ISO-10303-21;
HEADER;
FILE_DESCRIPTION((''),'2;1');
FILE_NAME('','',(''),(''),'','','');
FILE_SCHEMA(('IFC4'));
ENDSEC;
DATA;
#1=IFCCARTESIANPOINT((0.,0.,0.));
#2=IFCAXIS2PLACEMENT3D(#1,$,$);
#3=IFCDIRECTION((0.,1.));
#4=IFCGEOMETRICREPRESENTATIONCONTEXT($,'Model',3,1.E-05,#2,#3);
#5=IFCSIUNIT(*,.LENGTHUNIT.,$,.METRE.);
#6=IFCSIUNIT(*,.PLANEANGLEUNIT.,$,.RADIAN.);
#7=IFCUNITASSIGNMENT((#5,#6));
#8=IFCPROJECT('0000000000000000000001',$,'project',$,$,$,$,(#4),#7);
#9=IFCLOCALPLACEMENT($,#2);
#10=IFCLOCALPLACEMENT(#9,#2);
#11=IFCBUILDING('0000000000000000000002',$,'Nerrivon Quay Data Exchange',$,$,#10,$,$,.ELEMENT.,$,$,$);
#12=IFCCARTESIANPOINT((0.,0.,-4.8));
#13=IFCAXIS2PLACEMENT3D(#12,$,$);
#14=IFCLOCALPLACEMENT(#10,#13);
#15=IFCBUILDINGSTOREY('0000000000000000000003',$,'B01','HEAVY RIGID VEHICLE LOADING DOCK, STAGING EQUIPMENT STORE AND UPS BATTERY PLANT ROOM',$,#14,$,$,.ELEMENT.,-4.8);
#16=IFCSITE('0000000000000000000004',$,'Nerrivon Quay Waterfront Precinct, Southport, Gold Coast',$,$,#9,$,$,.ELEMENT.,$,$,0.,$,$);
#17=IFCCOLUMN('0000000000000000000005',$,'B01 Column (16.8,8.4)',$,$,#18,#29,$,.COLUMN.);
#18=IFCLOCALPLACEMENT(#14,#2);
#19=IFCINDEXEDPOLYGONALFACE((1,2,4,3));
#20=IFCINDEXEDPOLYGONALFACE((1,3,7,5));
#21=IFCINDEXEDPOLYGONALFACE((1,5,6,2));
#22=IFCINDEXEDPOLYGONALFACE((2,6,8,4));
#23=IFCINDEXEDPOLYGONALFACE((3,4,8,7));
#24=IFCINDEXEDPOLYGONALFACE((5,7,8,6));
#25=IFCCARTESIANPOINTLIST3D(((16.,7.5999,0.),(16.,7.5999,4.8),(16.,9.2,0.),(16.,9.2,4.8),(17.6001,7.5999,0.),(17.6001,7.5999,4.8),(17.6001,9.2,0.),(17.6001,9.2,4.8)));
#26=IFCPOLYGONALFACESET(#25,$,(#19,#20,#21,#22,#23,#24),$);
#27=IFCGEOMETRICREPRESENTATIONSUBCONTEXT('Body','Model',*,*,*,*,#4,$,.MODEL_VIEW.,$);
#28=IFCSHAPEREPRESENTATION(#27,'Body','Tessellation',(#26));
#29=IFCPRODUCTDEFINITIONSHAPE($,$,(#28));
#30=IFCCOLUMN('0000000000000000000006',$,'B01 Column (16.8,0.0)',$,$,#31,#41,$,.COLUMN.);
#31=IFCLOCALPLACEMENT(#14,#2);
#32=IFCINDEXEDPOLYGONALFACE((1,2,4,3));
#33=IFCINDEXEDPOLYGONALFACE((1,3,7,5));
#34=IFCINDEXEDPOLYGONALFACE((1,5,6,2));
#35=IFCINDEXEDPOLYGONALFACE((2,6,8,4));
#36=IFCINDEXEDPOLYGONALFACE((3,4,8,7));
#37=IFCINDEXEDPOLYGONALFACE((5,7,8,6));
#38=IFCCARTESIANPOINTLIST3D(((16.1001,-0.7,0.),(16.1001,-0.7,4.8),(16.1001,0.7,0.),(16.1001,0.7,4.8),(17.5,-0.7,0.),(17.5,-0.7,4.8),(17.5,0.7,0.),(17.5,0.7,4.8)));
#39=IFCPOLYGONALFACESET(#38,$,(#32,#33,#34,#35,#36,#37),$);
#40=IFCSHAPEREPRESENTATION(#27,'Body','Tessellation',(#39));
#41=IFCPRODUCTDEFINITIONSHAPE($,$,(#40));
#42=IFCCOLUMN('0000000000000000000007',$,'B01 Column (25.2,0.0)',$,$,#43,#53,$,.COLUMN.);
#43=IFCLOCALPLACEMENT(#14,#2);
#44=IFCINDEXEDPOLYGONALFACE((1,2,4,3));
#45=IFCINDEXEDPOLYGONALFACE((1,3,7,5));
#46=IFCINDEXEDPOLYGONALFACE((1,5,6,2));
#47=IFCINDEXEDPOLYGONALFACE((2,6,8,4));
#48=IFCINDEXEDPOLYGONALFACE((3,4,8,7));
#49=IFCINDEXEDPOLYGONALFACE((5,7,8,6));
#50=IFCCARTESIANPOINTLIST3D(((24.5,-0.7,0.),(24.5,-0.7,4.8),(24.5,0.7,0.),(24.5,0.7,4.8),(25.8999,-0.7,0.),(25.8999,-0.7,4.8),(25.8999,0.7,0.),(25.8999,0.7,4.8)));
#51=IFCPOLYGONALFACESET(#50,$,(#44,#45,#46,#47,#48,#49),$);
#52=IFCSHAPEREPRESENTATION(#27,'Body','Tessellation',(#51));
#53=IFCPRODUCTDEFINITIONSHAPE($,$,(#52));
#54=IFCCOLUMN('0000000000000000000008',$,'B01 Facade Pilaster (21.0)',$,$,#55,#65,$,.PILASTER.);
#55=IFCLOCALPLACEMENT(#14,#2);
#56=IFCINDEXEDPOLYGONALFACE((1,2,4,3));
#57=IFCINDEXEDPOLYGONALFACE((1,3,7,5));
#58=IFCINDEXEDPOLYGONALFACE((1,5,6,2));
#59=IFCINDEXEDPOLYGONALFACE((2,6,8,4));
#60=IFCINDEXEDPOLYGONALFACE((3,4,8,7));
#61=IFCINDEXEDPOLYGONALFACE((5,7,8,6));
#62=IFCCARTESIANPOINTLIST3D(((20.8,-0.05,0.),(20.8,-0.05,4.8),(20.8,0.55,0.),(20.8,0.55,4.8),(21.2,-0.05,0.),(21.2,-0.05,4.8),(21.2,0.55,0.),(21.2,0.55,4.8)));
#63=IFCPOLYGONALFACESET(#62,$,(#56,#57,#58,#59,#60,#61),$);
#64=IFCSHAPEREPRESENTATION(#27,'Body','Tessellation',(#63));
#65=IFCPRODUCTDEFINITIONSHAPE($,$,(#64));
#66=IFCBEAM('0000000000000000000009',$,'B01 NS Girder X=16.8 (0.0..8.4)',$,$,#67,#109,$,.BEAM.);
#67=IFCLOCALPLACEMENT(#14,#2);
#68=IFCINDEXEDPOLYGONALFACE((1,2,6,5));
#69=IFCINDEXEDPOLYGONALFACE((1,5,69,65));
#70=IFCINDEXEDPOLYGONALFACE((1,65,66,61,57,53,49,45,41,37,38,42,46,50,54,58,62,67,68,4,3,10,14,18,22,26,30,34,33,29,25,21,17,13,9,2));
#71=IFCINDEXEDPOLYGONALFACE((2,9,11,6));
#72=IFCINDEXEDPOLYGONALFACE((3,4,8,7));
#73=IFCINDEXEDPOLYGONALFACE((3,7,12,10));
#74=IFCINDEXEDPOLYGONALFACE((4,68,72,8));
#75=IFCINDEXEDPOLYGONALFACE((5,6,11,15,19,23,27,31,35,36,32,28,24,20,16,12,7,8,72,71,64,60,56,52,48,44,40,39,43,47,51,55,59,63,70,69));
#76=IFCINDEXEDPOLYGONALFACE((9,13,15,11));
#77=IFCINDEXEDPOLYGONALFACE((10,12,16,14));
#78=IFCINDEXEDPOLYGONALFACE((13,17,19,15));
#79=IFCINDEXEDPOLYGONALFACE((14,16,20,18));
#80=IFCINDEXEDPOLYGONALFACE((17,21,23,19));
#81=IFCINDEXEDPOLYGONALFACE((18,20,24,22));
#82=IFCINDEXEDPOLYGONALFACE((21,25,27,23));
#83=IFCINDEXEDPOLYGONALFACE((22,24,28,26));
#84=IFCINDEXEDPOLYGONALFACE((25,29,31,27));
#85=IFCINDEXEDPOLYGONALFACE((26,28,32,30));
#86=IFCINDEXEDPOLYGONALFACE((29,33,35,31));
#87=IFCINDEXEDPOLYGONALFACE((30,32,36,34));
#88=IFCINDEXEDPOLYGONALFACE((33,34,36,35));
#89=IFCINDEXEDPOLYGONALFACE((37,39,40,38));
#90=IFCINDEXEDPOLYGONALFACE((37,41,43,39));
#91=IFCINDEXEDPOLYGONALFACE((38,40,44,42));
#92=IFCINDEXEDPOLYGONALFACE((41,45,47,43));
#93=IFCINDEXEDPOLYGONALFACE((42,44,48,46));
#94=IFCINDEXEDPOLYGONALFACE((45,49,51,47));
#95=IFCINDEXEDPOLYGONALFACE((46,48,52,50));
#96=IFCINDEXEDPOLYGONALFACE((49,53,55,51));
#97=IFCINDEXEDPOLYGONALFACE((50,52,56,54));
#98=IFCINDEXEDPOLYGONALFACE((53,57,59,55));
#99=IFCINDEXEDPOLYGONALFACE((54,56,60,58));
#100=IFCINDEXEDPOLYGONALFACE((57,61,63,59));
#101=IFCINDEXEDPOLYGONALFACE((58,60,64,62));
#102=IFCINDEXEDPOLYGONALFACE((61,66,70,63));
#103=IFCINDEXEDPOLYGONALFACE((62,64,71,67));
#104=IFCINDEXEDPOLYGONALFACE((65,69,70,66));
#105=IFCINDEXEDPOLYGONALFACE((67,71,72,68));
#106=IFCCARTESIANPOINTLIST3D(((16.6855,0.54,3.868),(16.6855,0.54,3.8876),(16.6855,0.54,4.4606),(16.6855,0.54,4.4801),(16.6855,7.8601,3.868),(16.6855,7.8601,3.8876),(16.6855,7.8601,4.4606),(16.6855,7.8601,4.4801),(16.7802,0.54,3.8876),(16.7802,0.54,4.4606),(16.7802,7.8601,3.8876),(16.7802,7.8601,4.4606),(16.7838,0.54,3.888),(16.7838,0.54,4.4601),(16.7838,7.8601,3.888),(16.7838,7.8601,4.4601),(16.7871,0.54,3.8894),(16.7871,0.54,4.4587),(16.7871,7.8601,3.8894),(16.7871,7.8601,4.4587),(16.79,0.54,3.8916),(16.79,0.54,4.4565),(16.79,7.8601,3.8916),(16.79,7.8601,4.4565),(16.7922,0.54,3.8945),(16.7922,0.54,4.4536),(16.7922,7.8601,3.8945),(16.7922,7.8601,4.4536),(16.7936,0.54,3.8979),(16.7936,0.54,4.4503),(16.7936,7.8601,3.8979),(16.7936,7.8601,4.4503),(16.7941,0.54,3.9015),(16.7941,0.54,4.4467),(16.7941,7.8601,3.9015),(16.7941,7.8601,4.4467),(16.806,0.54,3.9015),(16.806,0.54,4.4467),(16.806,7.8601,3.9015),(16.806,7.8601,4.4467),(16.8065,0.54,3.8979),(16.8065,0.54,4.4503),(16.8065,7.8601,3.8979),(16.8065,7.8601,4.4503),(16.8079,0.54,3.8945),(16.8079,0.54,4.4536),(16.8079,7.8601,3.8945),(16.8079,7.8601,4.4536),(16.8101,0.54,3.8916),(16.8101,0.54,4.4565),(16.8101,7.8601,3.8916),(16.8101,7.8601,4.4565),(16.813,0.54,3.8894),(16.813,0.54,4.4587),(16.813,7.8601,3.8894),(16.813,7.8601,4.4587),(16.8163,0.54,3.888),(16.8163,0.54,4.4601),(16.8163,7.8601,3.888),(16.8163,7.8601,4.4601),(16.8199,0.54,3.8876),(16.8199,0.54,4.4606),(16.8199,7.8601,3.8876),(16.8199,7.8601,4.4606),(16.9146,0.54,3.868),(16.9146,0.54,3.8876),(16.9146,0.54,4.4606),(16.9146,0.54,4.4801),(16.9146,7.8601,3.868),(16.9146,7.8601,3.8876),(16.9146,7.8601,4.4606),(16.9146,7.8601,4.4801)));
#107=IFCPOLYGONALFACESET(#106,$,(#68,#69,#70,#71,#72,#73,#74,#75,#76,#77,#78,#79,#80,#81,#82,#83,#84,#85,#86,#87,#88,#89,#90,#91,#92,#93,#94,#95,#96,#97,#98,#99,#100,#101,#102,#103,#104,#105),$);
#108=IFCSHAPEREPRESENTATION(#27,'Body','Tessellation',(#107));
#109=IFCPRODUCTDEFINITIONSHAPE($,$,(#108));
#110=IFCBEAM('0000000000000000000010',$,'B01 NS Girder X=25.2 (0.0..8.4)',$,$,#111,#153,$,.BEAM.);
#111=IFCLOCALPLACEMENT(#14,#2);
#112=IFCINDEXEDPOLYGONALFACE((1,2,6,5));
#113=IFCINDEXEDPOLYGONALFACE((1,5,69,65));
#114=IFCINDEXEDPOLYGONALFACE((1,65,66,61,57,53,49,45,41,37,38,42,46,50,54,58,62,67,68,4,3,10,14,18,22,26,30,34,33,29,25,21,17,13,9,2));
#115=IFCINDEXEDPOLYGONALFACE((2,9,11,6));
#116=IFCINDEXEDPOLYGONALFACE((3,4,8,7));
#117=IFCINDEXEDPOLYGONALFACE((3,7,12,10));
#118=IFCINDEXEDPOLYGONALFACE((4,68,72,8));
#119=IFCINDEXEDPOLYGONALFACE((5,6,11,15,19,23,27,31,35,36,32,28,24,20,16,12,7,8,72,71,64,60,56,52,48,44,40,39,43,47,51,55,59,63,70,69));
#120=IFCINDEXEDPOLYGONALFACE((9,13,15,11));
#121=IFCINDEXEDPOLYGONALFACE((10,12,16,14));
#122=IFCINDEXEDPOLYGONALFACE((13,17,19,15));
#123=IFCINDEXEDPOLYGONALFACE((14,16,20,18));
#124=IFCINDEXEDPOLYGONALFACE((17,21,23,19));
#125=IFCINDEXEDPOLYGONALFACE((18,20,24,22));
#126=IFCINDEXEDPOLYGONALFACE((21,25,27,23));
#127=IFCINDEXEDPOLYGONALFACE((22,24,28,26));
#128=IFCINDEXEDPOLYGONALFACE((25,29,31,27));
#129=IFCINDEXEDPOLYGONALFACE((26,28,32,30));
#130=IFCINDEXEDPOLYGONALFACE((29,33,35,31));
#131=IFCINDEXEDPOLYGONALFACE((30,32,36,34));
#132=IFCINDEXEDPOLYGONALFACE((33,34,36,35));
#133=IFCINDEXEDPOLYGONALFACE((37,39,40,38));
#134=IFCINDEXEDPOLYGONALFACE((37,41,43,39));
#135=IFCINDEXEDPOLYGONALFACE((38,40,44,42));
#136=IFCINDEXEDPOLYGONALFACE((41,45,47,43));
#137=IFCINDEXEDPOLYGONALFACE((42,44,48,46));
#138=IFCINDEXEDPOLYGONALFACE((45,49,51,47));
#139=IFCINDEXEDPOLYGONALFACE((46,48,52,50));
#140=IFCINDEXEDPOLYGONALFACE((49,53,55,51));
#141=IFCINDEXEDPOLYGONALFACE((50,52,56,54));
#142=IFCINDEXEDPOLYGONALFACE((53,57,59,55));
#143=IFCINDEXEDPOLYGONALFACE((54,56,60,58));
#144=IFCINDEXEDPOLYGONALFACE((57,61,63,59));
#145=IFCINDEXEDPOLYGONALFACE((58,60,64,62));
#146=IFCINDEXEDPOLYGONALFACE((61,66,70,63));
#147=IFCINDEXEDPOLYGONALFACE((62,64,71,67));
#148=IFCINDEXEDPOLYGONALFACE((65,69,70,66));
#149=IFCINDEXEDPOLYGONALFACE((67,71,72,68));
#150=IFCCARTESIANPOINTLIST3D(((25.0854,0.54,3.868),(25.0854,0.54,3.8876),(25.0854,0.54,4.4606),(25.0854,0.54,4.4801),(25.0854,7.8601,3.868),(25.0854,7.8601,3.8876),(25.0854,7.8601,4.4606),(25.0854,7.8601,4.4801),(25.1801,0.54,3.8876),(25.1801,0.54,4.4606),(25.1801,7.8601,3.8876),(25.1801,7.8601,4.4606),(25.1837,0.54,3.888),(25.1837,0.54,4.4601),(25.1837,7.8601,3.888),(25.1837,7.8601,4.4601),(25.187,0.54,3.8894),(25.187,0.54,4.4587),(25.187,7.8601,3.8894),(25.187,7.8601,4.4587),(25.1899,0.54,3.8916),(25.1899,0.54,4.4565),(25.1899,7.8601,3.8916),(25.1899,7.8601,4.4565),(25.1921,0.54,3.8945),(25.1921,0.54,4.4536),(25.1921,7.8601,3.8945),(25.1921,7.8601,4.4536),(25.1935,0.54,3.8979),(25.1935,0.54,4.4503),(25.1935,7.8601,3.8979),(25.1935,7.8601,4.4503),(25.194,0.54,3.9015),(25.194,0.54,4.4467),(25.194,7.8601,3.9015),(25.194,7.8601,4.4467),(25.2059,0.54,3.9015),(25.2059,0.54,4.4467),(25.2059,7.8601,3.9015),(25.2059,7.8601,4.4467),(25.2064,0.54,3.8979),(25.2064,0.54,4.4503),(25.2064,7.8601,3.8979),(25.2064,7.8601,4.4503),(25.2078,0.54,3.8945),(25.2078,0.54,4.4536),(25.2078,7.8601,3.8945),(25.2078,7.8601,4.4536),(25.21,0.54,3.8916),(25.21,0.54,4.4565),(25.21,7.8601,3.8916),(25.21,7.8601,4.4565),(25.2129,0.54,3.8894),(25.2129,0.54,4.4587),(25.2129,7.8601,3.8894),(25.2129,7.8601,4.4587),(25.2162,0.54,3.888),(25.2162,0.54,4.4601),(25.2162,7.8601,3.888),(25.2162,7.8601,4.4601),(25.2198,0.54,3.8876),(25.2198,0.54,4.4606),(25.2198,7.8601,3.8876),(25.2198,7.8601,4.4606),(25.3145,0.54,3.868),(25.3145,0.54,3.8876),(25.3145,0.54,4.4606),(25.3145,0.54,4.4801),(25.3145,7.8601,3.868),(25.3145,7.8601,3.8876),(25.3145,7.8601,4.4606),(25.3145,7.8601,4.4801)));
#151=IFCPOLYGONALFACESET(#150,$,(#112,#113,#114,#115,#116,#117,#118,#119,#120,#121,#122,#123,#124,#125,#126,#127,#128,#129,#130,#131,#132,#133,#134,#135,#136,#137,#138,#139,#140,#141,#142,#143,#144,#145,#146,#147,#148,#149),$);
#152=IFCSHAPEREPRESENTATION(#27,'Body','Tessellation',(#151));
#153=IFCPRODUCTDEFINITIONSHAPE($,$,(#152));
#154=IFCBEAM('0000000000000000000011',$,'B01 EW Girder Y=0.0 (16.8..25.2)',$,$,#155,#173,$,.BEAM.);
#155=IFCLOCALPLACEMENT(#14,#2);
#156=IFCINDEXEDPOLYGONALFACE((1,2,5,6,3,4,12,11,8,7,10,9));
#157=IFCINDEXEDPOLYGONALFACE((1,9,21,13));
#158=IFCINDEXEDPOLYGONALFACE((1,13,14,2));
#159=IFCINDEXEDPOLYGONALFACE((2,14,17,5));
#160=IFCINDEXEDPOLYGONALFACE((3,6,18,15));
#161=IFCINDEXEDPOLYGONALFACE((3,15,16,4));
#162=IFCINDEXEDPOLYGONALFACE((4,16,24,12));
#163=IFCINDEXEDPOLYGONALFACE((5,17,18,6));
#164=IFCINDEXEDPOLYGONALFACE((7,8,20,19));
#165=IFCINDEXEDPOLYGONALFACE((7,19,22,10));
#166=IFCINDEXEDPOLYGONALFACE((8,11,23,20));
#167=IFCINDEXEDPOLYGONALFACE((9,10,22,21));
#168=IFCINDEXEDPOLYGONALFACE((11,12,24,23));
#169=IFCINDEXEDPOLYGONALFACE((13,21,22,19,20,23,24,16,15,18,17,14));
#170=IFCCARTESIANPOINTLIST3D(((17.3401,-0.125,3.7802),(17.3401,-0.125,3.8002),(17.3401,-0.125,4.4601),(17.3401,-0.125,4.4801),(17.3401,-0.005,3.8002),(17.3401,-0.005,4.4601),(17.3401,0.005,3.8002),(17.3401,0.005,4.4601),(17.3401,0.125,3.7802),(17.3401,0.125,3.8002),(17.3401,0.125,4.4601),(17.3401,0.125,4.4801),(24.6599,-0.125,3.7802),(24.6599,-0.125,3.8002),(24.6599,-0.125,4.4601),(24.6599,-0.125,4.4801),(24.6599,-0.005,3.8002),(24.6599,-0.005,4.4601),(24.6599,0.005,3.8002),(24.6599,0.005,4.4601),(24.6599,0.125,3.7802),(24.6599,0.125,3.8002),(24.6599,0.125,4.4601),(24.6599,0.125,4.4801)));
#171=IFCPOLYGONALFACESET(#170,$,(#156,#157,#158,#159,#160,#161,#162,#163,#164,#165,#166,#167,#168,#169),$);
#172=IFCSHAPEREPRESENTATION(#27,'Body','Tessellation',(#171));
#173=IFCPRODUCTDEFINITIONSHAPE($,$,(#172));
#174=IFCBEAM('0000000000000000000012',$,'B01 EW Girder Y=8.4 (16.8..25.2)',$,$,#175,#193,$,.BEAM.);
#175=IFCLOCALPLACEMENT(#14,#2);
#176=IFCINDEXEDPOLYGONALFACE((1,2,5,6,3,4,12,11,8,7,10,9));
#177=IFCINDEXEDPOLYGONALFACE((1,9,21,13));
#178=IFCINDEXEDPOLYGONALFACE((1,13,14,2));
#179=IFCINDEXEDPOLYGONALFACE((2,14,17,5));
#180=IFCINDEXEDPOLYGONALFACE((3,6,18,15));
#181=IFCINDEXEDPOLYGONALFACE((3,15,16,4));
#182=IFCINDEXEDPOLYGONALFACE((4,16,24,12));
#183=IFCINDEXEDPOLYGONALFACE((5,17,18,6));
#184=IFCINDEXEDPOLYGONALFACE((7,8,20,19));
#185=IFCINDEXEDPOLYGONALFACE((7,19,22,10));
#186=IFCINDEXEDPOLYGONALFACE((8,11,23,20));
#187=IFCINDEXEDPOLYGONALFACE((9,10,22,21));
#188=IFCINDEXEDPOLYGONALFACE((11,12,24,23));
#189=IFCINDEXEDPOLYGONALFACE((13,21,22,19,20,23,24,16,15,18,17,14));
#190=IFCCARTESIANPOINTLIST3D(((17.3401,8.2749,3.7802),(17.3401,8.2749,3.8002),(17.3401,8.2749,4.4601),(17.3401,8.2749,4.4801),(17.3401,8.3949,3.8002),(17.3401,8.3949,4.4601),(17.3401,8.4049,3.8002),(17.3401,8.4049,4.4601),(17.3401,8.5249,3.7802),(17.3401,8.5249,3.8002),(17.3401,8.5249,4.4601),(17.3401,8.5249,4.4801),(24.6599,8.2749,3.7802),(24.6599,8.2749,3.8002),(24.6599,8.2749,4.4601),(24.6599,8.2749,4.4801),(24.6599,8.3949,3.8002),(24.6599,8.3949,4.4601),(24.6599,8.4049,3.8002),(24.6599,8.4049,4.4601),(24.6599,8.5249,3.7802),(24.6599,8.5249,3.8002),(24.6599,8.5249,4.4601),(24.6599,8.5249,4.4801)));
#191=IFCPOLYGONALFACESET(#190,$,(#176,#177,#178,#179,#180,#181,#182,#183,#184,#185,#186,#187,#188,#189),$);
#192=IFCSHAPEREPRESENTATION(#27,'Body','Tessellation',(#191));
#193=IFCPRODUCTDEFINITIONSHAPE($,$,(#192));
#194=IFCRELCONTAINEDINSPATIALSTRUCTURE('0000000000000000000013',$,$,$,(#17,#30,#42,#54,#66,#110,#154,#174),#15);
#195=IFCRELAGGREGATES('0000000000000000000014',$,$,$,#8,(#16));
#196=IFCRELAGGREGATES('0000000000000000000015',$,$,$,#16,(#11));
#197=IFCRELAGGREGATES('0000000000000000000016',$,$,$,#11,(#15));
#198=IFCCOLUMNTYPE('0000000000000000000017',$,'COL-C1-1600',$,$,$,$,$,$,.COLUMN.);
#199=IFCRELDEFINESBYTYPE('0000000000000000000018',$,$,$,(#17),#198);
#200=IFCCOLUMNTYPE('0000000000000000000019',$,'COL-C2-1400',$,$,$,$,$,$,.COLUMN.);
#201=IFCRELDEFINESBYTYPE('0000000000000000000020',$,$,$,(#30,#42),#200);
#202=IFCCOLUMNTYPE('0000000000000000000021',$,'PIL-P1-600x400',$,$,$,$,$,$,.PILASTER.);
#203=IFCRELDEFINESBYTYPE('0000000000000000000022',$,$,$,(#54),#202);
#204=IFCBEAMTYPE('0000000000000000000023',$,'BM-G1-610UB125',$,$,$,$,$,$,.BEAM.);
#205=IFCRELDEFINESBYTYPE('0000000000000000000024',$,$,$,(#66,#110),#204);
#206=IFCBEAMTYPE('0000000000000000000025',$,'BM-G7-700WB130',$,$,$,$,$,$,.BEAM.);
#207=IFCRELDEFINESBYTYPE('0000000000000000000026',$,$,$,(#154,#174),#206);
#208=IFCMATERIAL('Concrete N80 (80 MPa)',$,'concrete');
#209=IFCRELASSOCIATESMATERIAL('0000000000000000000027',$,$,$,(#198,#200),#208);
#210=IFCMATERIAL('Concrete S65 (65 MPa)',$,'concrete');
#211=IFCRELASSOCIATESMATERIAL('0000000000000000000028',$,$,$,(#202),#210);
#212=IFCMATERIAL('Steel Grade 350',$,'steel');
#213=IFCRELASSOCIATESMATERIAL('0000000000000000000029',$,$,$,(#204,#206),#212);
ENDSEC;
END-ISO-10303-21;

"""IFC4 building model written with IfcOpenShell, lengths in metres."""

from ifc_helpers import new_model, si_unit, direction, frame, origin, origin_2d, place, context, subcontext, project, spatial, rectangle, i_section, extrude, material, material_profile, profile_set, type_object, element, save


model = new_model("IFC4")

# Units and contexts
model_context = context("Model", 3, precision=1e-05, world=origin(), true_north=direction((0.0, 1.0)))
body_context = subcontext(model_context, "Body", "Model", "MODEL_VIEW")
ifc_project = project(units=[si_unit("LENGTHUNIT", "METRE"), si_unit("PLANEANGLEUNIT", "RADIAN")], contexts=[model_context])

# Site, building, storey
site_placement = place(None, origin())
site = spatial("IfcSite", under=ifc_project, at=site_placement, Name="Nerrivon Quay Waterfront Precinct, Southport, Gold Coast", CompositionType="ELEMENT", RefElevation=0.0)
building_placement = place(site_placement, origin())
building = spatial("IfcBuilding", under=site, at=building_placement, Name="Nerrivon Quay Data Exchange", CompositionType="ELEMENT")
storey_placement = place(building_placement, frame((0.0, 0.0, -4.8)))
storey = spatial("IfcBuildingStorey", under=building, at=storey_placement, Name="B01", Description="HEAVY RIGID VEHICLE LOADING DOCK, STAGING EQUIPMENT STORE AND UPS BATTERY PLANT ROOM", CompositionType="ELEMENT", Elevation=-4.8)

# Columns
ifc_material_1 = material(Name="Concrete N80 (80 MPa)", Category="concrete")
ifc_material_profile_1 = material_profile(ifc_material_1, rectangle(XDim=1.6001, YDim=1.6001, at=origin_2d()), Name="RC-COL-1600x1600")
ifc_profile_set_1 = profile_set([ifc_material_profile_1], Name="Concrete N80 (80 MPa)")
column_type_1 = type_object("IfcColumnType", Name="COL-C1-1600", PredefinedType="COLUMN", material=ifc_profile_set_1)
column_1_placement = place(storey_placement, frame((16.8, 8.3999, 0.0), z_axis=(0.0, 0.0, 1.0), x_axis=(1.0, 0.0, 0.0)))
element("IfcColumn", 1, at=column_1_placement, inside=storey, type_object=column_type_1, Name="B01 Column (16.8,8.4)", PredefinedType="COLUMN", context=body_context, shape_type="SweptSolid", body=[
    extrude(rectangle(XDim=1.6001, YDim=1.6001, at=origin_2d()), origin(), (0.0, 0.0, 1.0), 4.8),
])
ifc_material_profile_2 = material_profile(ifc_material_1, rectangle(XDim=1.3999, YDim=1.3999, at=origin_2d()), Name="RC-COL-1400x1400")
ifc_profile_set_2 = profile_set([ifc_material_profile_2], Name="Concrete N80 (80 MPa)")
column_type_2 = type_object("IfcColumnType", Name="COL-C2-1400", PredefinedType="COLUMN", material=ifc_profile_set_2)
for number, where, z_axis, x_axis, name in (
    (2, (16.8, 0.0, 0.0), (0.0, 0.0, 1.0), (1.0, 0.0, 0.0), "B01 Column (16.8,0.0)"),
    (3, (25.2, 0.0, 0.0), (0.0, 0.0, 1.0), (1.0, 0.0, 0.0), "B01 Column (25.2,0.0)"),
):
    element("IfcColumn", number, at=place(storey_placement, frame(where, z_axis=z_axis, x_axis=x_axis)), inside=storey, type_object=column_type_2, Name=name, PredefinedType="COLUMN", context=body_context, shape_type="SweptSolid", body=[
        extrude(rectangle(XDim=1.3999, YDim=1.3999, at=origin_2d()), origin(), (0.0, 0.0, 1.0), 4.8),
    ])
ifc_material_2 = material(Name="Concrete S65 (65 MPa)", Category="concrete")
ifc_material_profile_3 = material_profile(ifc_material_2, rectangle(XDim=0.3999, YDim=0.6001, at=origin_2d()), Name="RC-PIL-600x400")
ifc_profile_set_3 = profile_set([ifc_material_profile_3], Name="Concrete S65 (65 MPa)")
column_type_3 = type_object("IfcColumnType", Name="PIL-P1-600x400", PredefinedType="PILASTER", material=ifc_profile_set_3)
column_2_placement = place(storey_placement, frame((21.0, 0.25, 0.0), z_axis=(0.0, 0.0, 1.0), x_axis=(1.0, 0.0, 0.0)))
element("IfcColumn", 4, at=column_2_placement, inside=storey, type_object=column_type_3, Name="B01 Facade Pilaster (21.0)", PredefinedType="PILASTER", context=body_context, shape_type="SweptSolid", body=[
    extrude(rectangle(XDim=0.3999, YDim=0.6001, at=origin_2d()), origin(), (0.0, 0.0, 1.0), 4.8),
])

# Beams
ifc_material_3 = material(Name="Steel Grade 350", Category="steel")
ifc_material_profile_4 = material_profile(ifc_material_3, i_section(OverallWidth=0.229, OverallDepth=0.6121, WebThickness=0.012, FlangeThickness=0.0195, FilletRadius=0.0139, at=origin_2d()), Name="610UB125")
ifc_profile_set_4 = profile_set([ifc_material_profile_4], Name="Steel Grade 350")
beam_type_1 = type_object("IfcBeamType", Name="BM-G1-610UB125", PredefinedType="BEAM", material=ifc_profile_set_4)
for number, where, z_axis, x_axis, name in (
    (5, (16.8, 0.54, 4.1741), (0.0, 1.0, 0.0), (-1.0, 0.0, 0.0), "B01 NS Girder X=16.8 (0.0..8.4)"),
    (6, (25.2, 0.54, 4.1741), (0.0, 1.0, 0.0), (-1.0, 0.0, 0.0), "B01 NS Girder X=25.2 (0.0..8.4)"),
):
    element("IfcBeam", number, at=place(storey_placement, frame(where, z_axis=z_axis, x_axis=x_axis)), inside=storey, type_object=beam_type_1, Name=name, PredefinedType="BEAM", context=body_context, shape_type="SweptSolid", body=[
        extrude(i_section(OverallWidth=0.229, OverallDepth=0.6121, WebThickness=0.012, FlangeThickness=0.0195, FilletRadius=0.0139, at=origin_2d()), origin(), (0.0, 0.0, 1.0), 7.3201),
    ])
ifc_material_profile_5 = material_profile(ifc_material_3, i_section(OverallWidth=0.25, OverallDepth=0.7, WebThickness=0.01, FlangeThickness=0.02, at=origin_2d()), Name="700WB130")
ifc_profile_set_5 = profile_set([ifc_material_profile_5], Name="Steel Grade 350")
beam_type_2 = type_object("IfcBeamType", Name="BM-G7-700WB130", PredefinedType="BEAM", material=ifc_profile_set_5)
for number, where, z_axis, x_axis, name in (
    (7, (17.3401, 0.0, 4.1301), (1.0, 0.0, 0.0), (0.0, 1.0, 0.0), "B01 EW Girder Y=0.0 (16.8..25.2)"),
    (8, (17.3401, 8.3999, 4.1301), (1.0, 0.0, 0.0), (0.0, 1.0, 0.0), "B01 EW Girder Y=8.4 (16.8..25.2)"),
):
    element("IfcBeam", number, at=place(storey_placement, frame(where, z_axis=z_axis, x_axis=x_axis)), inside=storey, type_object=beam_type_2, Name=name, PredefinedType="BEAM", context=body_context, shape_type="SweptSolid", body=[
        extrude(i_section(OverallWidth=0.25, OverallDepth=0.7, WebThickness=0.01, FlangeThickness=0.02, at=origin_2d()), origin(), (0.0, 0.0, 1.0), 7.3198),
    ])

save(model, "model.ifc")
